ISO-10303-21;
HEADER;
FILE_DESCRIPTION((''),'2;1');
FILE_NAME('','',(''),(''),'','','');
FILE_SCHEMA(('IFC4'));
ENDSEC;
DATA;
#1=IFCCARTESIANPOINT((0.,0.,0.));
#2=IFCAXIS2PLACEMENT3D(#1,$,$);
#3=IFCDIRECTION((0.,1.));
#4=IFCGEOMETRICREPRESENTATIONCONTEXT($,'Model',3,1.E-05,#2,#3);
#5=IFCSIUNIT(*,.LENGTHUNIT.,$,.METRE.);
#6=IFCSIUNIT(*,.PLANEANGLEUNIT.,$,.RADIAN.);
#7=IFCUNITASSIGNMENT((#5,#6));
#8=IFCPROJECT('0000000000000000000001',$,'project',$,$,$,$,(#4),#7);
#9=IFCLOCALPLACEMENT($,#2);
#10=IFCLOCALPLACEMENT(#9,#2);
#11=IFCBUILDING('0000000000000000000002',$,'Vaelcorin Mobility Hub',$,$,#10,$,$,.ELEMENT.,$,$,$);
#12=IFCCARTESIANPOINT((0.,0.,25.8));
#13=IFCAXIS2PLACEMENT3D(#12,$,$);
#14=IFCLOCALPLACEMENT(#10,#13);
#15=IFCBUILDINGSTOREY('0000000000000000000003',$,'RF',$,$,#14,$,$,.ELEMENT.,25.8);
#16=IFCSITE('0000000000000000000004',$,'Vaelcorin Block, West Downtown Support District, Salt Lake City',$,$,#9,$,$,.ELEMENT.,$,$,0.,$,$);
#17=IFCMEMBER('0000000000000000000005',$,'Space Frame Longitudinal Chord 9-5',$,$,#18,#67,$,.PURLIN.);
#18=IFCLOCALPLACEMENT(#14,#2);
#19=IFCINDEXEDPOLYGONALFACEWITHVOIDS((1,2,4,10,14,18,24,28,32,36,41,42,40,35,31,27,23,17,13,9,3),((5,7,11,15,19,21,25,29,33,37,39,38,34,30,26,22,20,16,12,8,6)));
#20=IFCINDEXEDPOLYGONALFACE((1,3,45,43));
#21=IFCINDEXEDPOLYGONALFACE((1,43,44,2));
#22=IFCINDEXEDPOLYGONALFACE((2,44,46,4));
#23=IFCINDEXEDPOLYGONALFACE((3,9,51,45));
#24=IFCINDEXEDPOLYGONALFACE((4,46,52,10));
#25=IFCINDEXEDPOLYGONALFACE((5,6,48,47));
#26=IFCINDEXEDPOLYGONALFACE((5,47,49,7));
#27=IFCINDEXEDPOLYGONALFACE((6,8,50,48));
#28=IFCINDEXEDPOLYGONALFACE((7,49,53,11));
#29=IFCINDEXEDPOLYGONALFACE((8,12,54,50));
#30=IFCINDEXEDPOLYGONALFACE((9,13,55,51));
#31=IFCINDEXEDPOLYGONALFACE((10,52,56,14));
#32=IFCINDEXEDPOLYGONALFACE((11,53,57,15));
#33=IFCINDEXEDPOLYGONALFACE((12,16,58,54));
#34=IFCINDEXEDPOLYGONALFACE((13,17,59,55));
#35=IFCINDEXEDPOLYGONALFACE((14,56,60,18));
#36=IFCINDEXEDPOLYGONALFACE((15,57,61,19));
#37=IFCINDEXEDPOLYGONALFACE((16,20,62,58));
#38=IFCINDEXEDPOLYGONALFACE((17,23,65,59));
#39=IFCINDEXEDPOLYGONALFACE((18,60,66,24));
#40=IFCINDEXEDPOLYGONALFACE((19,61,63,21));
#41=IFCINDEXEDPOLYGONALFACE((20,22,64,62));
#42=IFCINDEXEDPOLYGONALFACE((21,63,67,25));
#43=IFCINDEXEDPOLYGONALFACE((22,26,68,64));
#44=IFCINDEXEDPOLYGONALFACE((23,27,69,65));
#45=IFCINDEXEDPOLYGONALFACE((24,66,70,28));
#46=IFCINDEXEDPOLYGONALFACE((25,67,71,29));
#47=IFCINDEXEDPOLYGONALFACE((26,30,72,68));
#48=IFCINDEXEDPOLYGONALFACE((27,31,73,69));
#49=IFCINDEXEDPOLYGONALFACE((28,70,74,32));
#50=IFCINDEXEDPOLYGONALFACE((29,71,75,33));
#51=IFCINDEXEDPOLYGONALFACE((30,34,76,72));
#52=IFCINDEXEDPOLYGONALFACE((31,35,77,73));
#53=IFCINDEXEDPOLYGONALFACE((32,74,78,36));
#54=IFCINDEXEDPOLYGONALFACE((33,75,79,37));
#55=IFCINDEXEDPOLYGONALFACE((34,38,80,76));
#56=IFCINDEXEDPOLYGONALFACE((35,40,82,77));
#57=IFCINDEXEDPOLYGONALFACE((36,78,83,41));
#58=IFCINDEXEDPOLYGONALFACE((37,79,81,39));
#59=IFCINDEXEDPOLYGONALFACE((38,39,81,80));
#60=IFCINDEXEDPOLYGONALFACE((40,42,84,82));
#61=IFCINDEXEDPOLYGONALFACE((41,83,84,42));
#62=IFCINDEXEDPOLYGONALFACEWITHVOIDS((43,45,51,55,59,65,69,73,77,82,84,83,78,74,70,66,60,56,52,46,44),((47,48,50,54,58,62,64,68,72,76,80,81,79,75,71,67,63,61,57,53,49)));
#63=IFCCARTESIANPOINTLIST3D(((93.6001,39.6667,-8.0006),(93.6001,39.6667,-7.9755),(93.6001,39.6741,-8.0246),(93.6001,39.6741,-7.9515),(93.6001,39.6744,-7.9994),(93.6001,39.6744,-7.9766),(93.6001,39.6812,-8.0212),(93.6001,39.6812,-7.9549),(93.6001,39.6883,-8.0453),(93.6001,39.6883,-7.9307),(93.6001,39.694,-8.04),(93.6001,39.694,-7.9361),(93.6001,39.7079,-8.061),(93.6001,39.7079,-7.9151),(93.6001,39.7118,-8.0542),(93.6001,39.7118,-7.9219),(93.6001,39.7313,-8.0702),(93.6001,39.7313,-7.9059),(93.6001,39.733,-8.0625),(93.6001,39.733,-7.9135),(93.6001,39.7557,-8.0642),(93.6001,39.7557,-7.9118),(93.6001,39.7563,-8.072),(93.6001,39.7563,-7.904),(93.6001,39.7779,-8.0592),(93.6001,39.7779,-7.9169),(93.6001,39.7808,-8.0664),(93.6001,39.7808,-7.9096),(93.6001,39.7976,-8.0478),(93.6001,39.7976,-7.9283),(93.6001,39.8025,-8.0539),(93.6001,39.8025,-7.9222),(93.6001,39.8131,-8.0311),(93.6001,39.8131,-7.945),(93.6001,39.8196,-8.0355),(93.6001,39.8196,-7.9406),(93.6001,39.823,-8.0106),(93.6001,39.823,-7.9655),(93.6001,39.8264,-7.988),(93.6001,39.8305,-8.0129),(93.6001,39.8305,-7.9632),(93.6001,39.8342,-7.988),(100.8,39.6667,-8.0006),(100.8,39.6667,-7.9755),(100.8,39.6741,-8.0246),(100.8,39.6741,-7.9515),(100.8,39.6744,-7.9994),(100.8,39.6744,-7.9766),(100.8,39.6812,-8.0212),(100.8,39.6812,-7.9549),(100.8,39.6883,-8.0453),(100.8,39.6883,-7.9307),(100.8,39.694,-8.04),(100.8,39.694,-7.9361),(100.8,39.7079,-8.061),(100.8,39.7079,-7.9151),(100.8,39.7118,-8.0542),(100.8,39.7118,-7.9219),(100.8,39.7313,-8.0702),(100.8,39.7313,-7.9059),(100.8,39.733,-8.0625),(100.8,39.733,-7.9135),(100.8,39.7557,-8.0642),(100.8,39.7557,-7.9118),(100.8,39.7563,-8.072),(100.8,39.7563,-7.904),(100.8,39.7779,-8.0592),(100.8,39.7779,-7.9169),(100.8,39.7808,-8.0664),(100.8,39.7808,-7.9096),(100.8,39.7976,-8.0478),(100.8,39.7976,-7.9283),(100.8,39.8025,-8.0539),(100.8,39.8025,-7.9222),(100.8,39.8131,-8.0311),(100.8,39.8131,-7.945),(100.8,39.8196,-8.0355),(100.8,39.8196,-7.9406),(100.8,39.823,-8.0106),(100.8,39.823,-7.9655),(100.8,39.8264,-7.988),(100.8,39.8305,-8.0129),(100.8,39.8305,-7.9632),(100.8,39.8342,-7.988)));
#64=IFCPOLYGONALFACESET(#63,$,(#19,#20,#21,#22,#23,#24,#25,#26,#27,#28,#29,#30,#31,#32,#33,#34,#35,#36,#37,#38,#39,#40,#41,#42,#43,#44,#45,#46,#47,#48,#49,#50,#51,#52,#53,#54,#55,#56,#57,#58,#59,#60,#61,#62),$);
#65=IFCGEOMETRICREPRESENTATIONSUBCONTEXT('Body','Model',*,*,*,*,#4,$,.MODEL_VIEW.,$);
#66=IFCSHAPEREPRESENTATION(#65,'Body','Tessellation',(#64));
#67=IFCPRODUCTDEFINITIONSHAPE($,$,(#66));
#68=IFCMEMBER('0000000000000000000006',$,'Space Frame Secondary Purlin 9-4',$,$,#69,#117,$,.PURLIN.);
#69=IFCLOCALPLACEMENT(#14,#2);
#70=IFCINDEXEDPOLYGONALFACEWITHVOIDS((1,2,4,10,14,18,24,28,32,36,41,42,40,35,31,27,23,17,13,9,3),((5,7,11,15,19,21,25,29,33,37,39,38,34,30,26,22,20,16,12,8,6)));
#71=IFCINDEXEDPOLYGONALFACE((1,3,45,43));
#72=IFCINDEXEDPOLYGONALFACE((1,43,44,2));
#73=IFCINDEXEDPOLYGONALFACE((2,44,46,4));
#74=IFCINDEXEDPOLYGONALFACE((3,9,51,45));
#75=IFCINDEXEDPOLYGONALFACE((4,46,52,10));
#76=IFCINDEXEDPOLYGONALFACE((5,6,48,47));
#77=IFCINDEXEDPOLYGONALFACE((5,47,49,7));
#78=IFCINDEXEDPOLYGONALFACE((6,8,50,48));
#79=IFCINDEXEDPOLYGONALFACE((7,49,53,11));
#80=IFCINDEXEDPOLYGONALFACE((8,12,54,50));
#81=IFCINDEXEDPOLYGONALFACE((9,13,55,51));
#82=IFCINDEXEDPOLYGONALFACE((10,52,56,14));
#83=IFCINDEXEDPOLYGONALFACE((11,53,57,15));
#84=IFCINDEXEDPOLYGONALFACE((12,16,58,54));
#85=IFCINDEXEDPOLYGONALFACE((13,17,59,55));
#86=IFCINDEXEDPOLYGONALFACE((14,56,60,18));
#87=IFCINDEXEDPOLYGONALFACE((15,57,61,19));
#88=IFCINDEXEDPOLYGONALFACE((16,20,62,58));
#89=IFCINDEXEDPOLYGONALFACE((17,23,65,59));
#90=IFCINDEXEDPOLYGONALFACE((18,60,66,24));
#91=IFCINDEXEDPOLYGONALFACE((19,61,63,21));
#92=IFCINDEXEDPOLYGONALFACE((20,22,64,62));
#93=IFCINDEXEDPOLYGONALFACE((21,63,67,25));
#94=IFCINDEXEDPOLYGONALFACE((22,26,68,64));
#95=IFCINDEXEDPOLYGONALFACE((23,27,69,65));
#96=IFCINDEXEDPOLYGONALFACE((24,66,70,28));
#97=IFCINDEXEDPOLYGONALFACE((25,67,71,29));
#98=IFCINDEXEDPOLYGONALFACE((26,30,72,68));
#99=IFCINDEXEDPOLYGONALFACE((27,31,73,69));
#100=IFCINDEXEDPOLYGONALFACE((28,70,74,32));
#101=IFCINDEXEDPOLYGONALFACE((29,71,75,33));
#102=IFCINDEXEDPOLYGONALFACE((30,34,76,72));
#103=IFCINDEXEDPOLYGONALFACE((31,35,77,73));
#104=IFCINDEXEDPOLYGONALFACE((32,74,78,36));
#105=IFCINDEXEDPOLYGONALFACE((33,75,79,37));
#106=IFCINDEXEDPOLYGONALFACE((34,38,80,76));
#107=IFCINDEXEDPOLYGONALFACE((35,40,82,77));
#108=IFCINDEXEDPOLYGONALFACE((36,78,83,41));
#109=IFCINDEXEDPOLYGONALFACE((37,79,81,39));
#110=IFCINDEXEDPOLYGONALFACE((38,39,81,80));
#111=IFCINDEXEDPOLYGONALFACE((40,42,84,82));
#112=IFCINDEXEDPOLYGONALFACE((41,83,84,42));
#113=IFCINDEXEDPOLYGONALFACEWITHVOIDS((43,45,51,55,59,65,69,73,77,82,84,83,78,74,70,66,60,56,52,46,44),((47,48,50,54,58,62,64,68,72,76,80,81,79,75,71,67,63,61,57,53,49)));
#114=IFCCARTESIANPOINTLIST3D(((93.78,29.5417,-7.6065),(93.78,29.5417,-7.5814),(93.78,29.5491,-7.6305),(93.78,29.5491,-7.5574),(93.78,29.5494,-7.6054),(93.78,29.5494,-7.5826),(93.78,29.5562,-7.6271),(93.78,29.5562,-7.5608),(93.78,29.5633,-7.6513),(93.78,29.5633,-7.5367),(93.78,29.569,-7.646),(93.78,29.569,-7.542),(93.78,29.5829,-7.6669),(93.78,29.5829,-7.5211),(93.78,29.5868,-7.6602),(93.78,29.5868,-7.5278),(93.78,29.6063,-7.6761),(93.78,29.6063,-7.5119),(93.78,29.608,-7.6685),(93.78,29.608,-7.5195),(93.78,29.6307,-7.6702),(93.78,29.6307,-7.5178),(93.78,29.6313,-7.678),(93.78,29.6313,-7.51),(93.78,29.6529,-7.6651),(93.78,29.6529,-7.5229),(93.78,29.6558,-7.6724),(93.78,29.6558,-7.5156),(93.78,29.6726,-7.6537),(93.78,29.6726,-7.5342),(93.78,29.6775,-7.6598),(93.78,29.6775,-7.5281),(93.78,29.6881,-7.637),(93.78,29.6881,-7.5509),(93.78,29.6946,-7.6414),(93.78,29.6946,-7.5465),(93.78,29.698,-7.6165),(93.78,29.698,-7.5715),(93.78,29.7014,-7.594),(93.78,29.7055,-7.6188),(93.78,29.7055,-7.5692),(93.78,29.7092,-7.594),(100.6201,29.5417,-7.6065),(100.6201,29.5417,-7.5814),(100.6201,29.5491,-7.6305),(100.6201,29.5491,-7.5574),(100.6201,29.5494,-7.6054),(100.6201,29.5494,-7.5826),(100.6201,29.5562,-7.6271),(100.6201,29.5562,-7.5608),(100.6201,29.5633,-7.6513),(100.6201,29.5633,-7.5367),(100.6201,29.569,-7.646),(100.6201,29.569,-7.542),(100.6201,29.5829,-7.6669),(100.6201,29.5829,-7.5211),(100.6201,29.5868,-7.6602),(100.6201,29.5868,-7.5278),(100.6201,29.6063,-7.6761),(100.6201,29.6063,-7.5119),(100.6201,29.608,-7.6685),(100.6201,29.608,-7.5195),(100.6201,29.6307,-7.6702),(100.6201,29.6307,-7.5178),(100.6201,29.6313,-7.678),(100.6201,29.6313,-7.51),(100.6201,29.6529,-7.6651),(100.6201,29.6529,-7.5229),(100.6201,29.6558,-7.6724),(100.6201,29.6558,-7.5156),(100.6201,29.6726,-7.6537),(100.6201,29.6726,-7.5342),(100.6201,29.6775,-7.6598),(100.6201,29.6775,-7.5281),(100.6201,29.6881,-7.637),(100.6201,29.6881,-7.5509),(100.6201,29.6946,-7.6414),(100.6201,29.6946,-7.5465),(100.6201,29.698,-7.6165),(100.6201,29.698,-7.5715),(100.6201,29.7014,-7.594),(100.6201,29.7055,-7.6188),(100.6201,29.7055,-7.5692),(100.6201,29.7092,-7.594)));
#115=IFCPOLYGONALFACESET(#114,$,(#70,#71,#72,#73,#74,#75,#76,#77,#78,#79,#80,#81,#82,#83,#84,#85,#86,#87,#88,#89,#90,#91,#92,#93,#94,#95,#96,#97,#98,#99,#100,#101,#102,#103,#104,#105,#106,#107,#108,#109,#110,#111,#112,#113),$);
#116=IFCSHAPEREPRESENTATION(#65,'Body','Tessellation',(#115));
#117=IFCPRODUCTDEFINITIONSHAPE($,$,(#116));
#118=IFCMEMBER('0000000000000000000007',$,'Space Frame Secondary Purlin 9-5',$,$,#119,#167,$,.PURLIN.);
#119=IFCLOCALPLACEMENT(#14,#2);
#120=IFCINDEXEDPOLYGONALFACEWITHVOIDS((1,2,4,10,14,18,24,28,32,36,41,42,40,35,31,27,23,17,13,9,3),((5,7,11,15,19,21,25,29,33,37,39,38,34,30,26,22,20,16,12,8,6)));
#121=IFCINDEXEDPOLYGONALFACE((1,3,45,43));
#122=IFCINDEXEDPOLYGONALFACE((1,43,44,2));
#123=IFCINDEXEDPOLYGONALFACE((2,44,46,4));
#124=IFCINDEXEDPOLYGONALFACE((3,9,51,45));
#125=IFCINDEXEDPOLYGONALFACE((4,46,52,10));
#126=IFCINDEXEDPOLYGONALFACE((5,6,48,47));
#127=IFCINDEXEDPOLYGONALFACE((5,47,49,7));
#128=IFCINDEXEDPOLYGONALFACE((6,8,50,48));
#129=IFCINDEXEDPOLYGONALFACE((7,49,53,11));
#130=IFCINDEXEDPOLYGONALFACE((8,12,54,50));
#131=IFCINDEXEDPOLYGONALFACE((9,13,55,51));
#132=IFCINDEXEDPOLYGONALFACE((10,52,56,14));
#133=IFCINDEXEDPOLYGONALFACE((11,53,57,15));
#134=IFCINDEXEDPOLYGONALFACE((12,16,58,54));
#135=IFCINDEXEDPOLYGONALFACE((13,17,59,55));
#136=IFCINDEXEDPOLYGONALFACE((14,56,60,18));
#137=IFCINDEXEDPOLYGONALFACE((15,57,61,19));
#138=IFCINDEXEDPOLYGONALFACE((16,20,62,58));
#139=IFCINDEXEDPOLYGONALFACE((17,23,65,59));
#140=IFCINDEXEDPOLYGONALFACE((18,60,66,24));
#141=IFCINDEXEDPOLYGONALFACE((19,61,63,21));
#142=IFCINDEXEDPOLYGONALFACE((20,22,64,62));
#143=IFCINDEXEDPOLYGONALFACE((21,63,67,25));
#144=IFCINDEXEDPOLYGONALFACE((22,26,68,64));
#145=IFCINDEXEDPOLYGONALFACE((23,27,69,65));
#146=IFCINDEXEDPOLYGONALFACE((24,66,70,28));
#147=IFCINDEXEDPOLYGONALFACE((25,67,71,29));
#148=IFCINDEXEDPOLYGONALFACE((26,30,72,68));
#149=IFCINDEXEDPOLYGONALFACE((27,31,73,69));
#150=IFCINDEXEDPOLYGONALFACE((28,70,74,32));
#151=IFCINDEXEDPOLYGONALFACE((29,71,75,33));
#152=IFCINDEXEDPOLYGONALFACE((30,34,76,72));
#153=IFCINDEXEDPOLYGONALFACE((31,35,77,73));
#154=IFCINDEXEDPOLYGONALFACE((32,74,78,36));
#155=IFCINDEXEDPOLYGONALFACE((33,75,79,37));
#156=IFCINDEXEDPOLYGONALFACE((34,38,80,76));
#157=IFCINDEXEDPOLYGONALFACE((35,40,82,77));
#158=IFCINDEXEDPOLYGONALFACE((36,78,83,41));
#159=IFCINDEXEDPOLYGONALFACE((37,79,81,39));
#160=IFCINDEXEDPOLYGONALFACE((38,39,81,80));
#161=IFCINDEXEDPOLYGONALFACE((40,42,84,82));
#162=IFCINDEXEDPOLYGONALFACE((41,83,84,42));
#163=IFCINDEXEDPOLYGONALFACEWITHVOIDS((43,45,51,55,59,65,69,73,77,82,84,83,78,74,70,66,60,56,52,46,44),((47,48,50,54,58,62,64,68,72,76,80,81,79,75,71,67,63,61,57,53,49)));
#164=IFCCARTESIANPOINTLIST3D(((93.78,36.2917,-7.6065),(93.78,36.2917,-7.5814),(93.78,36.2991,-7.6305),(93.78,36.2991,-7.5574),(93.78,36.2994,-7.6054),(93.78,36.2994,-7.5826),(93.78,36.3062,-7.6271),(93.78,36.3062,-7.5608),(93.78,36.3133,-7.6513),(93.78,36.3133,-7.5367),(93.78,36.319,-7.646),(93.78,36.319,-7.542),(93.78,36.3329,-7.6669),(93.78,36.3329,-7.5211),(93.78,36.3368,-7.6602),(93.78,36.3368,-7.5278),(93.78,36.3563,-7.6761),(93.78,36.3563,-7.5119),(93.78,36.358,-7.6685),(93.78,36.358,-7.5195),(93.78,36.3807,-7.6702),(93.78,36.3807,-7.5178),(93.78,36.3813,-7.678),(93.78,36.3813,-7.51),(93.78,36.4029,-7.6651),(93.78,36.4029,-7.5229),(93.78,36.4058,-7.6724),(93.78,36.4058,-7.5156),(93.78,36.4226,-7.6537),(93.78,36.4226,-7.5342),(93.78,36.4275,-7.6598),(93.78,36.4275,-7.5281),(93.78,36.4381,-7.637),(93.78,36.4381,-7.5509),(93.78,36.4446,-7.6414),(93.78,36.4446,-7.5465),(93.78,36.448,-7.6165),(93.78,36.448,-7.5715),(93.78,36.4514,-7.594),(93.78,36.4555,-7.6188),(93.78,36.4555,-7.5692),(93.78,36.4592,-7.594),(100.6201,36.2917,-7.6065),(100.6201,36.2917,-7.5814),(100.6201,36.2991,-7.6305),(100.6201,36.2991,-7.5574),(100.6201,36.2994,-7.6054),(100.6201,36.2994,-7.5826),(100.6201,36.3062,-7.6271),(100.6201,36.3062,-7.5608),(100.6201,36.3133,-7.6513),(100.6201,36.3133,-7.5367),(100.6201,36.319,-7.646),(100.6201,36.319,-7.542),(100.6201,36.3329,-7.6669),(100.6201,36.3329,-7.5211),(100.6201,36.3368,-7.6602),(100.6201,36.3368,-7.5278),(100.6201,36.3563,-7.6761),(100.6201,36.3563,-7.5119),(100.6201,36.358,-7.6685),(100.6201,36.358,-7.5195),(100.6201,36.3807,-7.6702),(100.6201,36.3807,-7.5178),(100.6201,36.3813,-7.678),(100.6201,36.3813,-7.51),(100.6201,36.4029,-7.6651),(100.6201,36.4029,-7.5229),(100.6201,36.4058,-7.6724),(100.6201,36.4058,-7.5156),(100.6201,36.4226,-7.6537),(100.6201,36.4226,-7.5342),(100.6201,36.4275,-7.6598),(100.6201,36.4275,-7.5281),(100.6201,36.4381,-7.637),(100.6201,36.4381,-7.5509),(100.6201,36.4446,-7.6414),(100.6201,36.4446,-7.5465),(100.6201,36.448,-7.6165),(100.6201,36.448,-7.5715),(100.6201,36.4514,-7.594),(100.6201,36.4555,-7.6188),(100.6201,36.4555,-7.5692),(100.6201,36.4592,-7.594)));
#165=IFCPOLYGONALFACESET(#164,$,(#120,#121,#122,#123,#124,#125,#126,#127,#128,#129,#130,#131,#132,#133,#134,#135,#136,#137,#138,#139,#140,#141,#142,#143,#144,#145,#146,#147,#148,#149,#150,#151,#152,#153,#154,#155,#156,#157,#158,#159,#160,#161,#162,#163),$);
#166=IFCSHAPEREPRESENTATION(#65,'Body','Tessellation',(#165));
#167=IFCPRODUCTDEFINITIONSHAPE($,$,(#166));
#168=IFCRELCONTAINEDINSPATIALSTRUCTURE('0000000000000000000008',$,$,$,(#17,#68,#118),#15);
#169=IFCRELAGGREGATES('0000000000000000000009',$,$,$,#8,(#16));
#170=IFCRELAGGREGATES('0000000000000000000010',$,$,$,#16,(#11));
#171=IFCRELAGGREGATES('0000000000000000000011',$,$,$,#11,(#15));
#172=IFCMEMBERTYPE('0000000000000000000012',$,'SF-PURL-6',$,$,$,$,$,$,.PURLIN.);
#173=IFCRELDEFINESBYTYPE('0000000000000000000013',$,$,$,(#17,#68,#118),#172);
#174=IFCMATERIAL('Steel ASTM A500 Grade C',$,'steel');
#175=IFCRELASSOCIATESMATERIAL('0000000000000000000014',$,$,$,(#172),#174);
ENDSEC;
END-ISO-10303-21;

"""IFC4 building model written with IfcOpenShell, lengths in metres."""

from ifc_helpers import new_model, si_unit, direction, frame, origin, origin_2d, place, context, subcontext, project, spatial, hollow_circle, extrude, material, material_profile, profile_set, type_object, element, save


model = new_model("IFC4")

# Units and contexts
model_context = context("Model", 3, precision=1e-05, world=origin(), true_north=direction((0.0, 1.0)))
body_context = subcontext(model_context, "Body", "Model", "MODEL_VIEW")
ifc_project = project(units=[si_unit("LENGTHUNIT", "METRE"), si_unit("PLANEANGLEUNIT", "RADIAN")], contexts=[model_context])

# Site, building, storey
site_placement = place(None, origin())
site = spatial("IfcSite", under=ifc_project, at=site_placement, Name="Vaelcorin Block, West Downtown Support District, Salt Lake City", CompositionType="ELEMENT", RefElevation=0.0)
building_placement = place(site_placement, origin())
building = spatial("IfcBuilding", under=site, at=building_placement, Name="Vaelcorin Mobility Hub", CompositionType="ELEMENT")
storey_placement = place(building_placement, frame((0.0, 0.0, 25.8)))
storey = spatial("IfcBuildingStorey", under=building, at=storey_placement, Name="RF", CompositionType="ELEMENT", Elevation=25.8)

# Members
ifc_material_1 = material(Name="Steel ASTM A500 Grade C", Category="steel")
ifc_material_profile_1 = material_profile(ifc_material_1, hollow_circle(Radius=0.0842, WallThickness=0.0078, at=origin_2d()), Name="HSS6.625X0.312")
ifc_profile_set_1 = profile_set([ifc_material_profile_1], Name="Steel ASTM A500 Grade C")
member_type_1 = type_object("IfcMemberType", Name="SF-PURL-6", PredefinedType="PURLIN", material=ifc_profile_set_1)
member_1_placement = place(storey_placement, frame((93.6001, 39.75, -7.988), z_axis=(1.0, 0.0, 0.0), x_axis=(0.0, 1.0, 0.0)))
element("IfcMember", 1, at=member_1_placement, inside=storey, type_object=member_type_1, Name="Space Frame Longitudinal Chord 9-5", PredefinedType="PURLIN", context=body_context, shape_type="SweptSolid", body=[
    extrude(hollow_circle(Radius=0.0842, WallThickness=0.0078, at=origin_2d()), origin(), (0.0, 0.0, 1.0), 7.2),
])
for number, where, z_axis, x_axis, name in (
    (2, (93.78, 29.625, -7.594), (1.0, 0.0, 0.0), (0.0, 1.0, 0.0), "Space Frame Secondary Purlin 9-4"),
    (3, (93.78, 36.375, -7.594), (1.0, 0.0, 0.0), (0.0, 1.0, 0.0), "Space Frame Secondary Purlin 9-5"),
):
    element("IfcMember", number, at=place(storey_placement, frame(where, z_axis=z_axis, x_axis=x_axis)), inside=storey, type_object=member_type_1, Name=name, PredefinedType="PURLIN", context=body_context, shape_type="SweptSolid", body=[
        extrude(hollow_circle(Radius=0.0842, WallThickness=0.0078, at=origin_2d()), origin(), (0.0, 0.0, 1.0), 6.8401),
    ])

save(model, "model.ifc")
